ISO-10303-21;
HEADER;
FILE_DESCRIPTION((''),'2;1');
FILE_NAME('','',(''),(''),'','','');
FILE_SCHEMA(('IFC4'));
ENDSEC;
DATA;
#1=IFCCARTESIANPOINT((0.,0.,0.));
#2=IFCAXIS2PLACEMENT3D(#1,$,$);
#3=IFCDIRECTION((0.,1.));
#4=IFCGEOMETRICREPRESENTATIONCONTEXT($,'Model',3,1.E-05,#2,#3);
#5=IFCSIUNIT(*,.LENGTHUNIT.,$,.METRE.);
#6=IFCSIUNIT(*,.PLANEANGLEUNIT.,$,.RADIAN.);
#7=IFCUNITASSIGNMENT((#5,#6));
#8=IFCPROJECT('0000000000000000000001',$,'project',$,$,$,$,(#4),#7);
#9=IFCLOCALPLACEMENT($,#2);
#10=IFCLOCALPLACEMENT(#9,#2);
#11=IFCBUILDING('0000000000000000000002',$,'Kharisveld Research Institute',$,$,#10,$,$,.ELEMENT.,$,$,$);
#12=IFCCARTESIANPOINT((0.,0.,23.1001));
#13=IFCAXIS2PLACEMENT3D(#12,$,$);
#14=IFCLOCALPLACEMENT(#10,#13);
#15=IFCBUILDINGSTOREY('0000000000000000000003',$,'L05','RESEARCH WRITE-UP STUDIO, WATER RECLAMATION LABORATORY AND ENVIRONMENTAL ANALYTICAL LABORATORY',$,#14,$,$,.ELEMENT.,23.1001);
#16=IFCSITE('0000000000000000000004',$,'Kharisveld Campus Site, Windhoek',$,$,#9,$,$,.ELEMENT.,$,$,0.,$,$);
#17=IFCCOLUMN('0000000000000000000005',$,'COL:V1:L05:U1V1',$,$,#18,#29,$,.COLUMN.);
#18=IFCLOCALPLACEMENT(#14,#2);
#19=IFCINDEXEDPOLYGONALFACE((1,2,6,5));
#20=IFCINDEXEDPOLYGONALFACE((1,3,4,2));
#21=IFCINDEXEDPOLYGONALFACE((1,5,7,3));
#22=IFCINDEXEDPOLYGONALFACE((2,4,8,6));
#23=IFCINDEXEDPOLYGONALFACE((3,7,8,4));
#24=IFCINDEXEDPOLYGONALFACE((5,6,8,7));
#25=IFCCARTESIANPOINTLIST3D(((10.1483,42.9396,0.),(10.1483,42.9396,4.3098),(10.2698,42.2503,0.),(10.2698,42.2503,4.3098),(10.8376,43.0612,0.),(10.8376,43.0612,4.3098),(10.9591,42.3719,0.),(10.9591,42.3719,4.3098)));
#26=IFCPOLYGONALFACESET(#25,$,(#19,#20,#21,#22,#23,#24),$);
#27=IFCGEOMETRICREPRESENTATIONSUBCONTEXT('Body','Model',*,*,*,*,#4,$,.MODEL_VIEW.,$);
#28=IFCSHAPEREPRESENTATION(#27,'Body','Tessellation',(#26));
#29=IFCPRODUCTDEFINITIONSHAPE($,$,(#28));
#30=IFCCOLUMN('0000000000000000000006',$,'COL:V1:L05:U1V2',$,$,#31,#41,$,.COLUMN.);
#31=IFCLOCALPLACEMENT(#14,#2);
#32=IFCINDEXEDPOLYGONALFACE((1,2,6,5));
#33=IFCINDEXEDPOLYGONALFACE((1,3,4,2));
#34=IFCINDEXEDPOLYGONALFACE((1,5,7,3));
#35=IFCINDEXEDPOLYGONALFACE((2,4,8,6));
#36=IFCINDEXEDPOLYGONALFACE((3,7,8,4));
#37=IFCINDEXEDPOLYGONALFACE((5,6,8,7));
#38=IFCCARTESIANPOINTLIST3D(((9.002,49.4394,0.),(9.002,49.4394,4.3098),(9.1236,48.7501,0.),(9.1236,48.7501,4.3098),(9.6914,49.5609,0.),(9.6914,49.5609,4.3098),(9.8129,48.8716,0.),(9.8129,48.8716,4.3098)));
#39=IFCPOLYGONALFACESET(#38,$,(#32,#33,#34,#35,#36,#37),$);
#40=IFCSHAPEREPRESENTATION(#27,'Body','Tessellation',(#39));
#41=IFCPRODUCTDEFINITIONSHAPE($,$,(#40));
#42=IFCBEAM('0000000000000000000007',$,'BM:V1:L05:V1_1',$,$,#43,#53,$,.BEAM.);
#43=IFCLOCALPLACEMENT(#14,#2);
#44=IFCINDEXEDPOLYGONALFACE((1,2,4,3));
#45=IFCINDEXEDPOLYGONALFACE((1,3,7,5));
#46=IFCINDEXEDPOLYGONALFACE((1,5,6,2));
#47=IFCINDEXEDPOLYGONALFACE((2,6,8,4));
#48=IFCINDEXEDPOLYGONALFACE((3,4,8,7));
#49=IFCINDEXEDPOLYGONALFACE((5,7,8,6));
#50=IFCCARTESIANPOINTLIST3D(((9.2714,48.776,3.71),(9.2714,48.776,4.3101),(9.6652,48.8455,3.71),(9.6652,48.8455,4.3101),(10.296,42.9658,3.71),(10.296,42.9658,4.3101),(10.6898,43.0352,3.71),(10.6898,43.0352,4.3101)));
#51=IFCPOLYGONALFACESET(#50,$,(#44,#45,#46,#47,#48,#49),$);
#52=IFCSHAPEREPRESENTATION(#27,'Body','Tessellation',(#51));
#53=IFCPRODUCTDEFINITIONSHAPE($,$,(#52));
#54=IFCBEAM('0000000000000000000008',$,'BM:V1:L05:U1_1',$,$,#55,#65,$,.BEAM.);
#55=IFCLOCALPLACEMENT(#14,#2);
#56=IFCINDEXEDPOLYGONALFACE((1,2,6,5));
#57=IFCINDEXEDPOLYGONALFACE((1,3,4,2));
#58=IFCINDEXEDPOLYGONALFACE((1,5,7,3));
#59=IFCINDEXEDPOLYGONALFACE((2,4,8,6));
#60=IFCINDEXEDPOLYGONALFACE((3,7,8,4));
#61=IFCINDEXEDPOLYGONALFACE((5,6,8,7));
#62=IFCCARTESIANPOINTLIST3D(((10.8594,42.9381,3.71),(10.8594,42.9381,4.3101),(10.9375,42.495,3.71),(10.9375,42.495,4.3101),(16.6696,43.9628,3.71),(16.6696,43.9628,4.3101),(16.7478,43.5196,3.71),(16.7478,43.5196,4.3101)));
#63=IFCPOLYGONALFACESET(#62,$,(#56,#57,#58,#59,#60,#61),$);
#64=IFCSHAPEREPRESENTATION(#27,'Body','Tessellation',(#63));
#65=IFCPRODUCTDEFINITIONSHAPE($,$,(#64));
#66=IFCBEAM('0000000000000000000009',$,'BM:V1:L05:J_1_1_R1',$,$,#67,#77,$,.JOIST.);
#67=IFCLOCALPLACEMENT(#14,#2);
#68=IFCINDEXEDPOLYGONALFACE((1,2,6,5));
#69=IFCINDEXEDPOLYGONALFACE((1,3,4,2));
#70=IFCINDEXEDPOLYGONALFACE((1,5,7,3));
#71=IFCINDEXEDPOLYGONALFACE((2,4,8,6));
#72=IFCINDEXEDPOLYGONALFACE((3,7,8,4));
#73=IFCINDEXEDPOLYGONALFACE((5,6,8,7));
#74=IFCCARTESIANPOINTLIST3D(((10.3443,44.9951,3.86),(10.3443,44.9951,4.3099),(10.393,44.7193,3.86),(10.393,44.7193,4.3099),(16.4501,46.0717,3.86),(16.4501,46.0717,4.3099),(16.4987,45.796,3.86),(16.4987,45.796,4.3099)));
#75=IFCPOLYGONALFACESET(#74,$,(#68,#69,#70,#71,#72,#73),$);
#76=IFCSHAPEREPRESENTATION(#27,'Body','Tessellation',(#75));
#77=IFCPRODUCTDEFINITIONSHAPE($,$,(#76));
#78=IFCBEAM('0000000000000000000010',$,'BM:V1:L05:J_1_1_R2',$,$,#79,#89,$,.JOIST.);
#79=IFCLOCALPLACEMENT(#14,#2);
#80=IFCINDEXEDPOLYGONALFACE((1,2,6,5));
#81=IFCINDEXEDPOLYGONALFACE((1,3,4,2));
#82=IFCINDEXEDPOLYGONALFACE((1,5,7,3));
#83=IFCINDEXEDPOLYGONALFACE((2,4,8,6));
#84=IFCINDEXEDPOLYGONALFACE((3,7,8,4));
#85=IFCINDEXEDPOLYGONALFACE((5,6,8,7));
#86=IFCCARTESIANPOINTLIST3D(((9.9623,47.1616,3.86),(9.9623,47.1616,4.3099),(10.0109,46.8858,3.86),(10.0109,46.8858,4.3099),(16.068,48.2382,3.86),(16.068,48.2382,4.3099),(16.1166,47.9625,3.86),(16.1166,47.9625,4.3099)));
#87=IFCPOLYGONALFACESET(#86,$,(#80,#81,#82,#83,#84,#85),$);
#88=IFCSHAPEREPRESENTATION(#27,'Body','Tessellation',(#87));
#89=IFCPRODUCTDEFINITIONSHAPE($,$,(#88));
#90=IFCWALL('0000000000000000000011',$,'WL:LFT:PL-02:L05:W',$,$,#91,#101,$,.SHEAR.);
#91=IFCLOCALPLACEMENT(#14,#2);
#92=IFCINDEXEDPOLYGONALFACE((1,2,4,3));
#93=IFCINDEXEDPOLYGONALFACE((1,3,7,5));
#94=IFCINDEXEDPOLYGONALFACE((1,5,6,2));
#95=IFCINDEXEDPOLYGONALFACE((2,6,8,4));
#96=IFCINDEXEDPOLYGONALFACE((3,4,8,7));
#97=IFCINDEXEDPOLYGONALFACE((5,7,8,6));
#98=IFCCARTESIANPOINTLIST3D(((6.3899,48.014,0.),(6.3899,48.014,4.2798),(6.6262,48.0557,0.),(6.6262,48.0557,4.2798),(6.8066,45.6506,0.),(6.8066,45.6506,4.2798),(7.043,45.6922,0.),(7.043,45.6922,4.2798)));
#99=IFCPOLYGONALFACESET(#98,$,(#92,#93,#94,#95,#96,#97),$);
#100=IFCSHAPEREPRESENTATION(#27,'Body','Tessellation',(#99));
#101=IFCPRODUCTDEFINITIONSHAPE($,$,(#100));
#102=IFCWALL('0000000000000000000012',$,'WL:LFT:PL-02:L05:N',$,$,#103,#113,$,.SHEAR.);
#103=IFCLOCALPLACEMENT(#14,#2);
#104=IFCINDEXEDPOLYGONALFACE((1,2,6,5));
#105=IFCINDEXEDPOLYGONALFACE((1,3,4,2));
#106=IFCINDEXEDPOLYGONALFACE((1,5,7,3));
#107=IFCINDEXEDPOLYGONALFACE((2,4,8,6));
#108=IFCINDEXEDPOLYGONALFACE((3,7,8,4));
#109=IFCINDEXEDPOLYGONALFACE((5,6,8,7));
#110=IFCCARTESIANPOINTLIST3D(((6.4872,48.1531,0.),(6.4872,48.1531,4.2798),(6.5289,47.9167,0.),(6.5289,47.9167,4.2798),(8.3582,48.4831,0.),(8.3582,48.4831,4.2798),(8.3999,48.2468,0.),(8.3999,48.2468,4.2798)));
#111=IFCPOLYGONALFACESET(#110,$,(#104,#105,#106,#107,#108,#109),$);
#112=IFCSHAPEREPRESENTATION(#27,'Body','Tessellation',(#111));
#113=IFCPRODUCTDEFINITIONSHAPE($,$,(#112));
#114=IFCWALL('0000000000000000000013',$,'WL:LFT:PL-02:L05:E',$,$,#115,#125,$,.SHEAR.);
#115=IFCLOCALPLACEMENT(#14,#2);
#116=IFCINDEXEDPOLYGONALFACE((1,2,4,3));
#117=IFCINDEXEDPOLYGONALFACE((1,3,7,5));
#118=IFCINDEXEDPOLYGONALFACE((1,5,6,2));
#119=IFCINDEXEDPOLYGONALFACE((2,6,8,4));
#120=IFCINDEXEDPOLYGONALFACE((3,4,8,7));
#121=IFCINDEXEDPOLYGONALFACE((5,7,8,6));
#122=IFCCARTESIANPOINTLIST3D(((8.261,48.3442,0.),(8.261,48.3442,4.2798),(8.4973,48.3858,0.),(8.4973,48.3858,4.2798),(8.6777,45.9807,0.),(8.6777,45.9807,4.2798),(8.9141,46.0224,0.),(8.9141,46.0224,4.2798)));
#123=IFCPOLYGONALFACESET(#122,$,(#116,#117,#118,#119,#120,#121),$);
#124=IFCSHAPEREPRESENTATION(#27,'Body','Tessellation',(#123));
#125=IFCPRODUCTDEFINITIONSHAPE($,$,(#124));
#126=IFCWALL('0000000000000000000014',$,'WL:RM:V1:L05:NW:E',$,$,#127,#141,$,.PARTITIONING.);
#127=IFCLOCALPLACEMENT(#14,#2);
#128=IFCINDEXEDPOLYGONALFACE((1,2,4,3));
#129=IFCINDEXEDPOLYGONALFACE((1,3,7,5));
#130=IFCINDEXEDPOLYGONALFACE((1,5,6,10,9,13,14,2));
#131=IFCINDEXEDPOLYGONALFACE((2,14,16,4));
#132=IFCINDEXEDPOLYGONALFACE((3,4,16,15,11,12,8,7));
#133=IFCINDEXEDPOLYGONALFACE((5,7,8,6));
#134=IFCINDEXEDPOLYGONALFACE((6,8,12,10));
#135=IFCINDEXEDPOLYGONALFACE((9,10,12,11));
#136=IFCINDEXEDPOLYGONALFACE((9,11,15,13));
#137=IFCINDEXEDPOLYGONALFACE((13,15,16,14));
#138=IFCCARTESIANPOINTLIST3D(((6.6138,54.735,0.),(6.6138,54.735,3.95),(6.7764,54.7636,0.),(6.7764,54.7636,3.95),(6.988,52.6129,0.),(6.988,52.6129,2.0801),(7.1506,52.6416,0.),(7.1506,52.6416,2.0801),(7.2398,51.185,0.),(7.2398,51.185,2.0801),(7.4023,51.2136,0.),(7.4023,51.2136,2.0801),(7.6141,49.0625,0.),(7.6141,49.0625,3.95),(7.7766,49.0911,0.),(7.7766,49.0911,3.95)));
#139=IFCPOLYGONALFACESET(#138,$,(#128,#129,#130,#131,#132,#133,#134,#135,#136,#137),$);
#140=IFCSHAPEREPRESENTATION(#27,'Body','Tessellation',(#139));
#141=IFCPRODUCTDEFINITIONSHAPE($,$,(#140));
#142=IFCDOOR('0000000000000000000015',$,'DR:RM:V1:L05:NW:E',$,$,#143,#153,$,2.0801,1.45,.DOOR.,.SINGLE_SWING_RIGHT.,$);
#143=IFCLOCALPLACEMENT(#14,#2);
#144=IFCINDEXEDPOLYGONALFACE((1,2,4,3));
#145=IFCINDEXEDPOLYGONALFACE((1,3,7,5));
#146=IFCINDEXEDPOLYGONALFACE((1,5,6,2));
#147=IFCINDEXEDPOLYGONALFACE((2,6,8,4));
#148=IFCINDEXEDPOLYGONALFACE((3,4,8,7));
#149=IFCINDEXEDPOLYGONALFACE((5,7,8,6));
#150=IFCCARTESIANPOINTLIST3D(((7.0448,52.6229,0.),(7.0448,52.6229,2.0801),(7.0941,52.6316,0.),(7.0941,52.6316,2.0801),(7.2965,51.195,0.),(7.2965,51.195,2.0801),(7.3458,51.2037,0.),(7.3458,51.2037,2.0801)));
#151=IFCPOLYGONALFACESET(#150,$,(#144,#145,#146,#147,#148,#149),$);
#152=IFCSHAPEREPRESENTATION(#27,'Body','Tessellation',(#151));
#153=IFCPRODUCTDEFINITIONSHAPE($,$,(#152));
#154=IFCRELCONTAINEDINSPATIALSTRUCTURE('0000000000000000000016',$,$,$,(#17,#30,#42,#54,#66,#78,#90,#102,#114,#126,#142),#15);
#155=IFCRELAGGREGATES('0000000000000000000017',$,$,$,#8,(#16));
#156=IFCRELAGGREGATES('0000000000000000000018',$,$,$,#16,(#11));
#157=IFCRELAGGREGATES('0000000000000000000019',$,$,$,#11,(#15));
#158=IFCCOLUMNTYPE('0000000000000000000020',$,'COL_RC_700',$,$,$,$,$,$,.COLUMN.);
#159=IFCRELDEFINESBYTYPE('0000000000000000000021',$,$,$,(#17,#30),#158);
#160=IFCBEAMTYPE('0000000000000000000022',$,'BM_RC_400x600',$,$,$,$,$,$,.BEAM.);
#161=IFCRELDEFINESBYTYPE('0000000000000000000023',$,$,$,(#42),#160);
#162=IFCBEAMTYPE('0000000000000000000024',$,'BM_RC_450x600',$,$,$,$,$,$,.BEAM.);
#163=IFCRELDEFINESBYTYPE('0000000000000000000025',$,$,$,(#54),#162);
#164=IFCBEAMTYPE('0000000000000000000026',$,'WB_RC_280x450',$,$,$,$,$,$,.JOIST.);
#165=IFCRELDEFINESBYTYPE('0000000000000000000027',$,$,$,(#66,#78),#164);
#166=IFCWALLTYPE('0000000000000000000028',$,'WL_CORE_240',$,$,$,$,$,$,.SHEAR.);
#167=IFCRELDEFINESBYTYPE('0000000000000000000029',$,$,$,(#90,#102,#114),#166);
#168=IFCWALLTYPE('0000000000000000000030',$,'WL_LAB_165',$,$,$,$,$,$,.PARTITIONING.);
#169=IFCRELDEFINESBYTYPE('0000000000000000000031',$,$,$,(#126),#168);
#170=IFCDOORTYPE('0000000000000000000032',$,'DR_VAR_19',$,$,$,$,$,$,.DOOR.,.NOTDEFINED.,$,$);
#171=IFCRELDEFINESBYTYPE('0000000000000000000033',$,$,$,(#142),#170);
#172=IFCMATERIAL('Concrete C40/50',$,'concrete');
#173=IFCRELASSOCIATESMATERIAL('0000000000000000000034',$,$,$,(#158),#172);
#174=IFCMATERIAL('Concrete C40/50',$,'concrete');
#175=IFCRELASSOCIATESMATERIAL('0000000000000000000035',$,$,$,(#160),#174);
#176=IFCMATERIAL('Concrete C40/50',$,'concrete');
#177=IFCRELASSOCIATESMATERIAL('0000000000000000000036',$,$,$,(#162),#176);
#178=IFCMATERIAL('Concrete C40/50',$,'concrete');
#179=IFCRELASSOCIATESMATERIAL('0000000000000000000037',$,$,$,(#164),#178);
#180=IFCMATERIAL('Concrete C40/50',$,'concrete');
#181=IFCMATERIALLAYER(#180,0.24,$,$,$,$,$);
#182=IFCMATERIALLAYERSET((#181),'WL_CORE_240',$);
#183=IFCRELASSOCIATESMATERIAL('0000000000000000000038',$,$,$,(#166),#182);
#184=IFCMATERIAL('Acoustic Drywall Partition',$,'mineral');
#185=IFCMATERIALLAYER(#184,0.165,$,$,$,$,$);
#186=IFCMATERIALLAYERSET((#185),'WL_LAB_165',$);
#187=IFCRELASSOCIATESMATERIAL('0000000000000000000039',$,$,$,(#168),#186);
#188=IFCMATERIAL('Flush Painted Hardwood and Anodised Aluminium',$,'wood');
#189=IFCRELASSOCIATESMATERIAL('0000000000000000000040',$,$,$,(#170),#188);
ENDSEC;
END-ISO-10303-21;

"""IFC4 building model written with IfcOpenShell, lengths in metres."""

from ifc_helpers import new_model, si_unit, direction, frame, frame_2d, origin, origin_2d, place, context, subcontext, project, spatial, rectangle, extrude, material, layer, layer_set, material_profile, profile_set, type_object, element, fill, save


model = new_model("IFC4")

# Units and contexts
model_context = context("Model", 3, precision=1e-05, world=origin(), true_north=direction((0.0, 1.0)))
body_context = subcontext(model_context, "Body", "Model", "MODEL_VIEW")
ifc_project = project(units=[si_unit("LENGTHUNIT", "METRE"), si_unit("PLANEANGLEUNIT", "RADIAN")], contexts=[model_context])

# Site, building, storey
site_placement = place(None, origin())
site = spatial("IfcSite", under=ifc_project, at=site_placement, Name="Kharisveld Campus Site, Windhoek", CompositionType="ELEMENT", RefElevation=0.0)
building_placement = place(site_placement, origin())
building = spatial("IfcBuilding", under=site, at=building_placement, Name="Kharisveld Research Institute", CompositionType="ELEMENT")
storey_placement = place(building_placement, frame((0.0, 0.0, 23.1001)))
storey = spatial("IfcBuildingStorey", under=building, at=storey_placement, Name="L05", Description="RESEARCH WRITE-UP STUDIO, WATER RECLAMATION LABORATORY AND ENVIRONMENTAL ANALYTICAL LABORATORY", CompositionType="ELEMENT", Elevation=23.1001)

# Columns
ifc_material_1 = material(Name="Concrete C40/50", Category="concrete")
ifc_material_profile_1 = material_profile(ifc_material_1, rectangle(XDim=0.7, YDim=0.7, at=origin_2d()))
ifc_profile_set_1 = profile_set([ifc_material_profile_1], Name="Concrete C40/50")
column_type = type_object("IfcColumnType", Name="COL_RC_700", PredefinedType="COLUMN", material=ifc_profile_set_1)
for number, where, z_axis, x_axis, name in (
    (1, (10.5537, 42.6558, 0.0), (0.0, 0.0, 1.0), (0.984808, 0.173648, 0.0), "COL:V1:L05:U1V1"),
    (2, (9.4075, 49.1555, 0.0), (0.0, 0.0, 1.0), (0.984808, 0.173648, 0.0), "COL:V1:L05:U1V2"),
):
    element("IfcColumn", number, at=place(storey_placement, frame(where, z_axis=z_axis, x_axis=x_axis)), inside=storey, type_object=column_type, Name=name, PredefinedType="COLUMN", context=body_context, shape_type="SweptSolid", body=[
        extrude(rectangle(XDim=0.7, YDim=0.7, at=origin_2d()), origin(), (0.0, 0.0, 1.0), 4.3098),
    ])

# Beams
ifc_material_2 = material(Name="Concrete C40/50", Category="concrete")
ifc_material_profile_2 = material_profile(ifc_material_2, rectangle(XDim=0.3999, YDim=0.6001, at=origin_2d()))
ifc_profile_set_2 = profile_set([ifc_material_profile_2], Name="Concrete C40/50")
beam_type_1 = type_object("IfcBeamType", Name="BM_RC_400x600", PredefinedType="BEAM", material=ifc_profile_set_2)
beam_1_placement = place(storey_placement, frame((10.4929, 43.0005, 4.01), z_axis=(-0.173672, 0.984804, 0.0), x_axis=(-0.984804, -0.173672, 0.0)))
element("IfcBeam", 3, at=beam_1_placement, inside=storey, type_object=beam_type_1, Name="BM:V1:L05:V1_1", PredefinedType="BEAM", context=body_context, shape_type="SweptSolid", body=[
    extrude(rectangle(XDim=0.3999, YDim=0.6001, at=origin_2d()), origin(), (0.0, 0.0, 1.0), 5.8999),
])
ifc_material_3 = material(Name="Concrete C40/50", Category="concrete")
ifc_material_profile_3 = material_profile(ifc_material_3, rectangle(XDim=0.45, YDim=0.6001, at=origin_2d()))
ifc_profile_set_3 = profile_set([ifc_material_profile_3], Name="Concrete C40/50")
beam_type_2 = type_object("IfcBeamType", Name="BM_RC_450x600", PredefinedType="BEAM", material=ifc_profile_set_3)
beam_2_placement = place(storey_placement, frame((10.8984, 42.7166, 4.01), z_axis=(0.984804, 0.173672, 0.0), x_axis=(-0.173672, 0.984804, 0.0)))
element("IfcBeam", 4, at=beam_2_placement, inside=storey, type_object=beam_type_2, Name="BM:V1:L05:U1_1", PredefinedType="BEAM", context=body_context, shape_type="SweptSolid", body=[
    extrude(rectangle(XDim=0.45, YDim=0.6001, at=origin_2d()), origin(), (0.0, 0.0, 1.0), 5.8999),
])
ifc_material_4 = material(Name="Concrete C40/50", Category="concrete")
ifc_material_profile_4 = material_profile(ifc_material_4, rectangle(XDim=0.28, YDim=0.45, at=origin_2d()))
ifc_profile_set_4 = profile_set([ifc_material_profile_4], Name="Concrete C40/50")
beam_type_3 = type_object("IfcBeamType", Name="WB_RC_280x450", PredefinedType="JOIST", material=ifc_profile_set_4)
for number, where, z_axis, x_axis, name in (
    (5, (10.3687, 44.8572, 4.085), (0.984806, 0.173657, 0.0), (-0.173657, 0.984806, 0.0), "BM:V1:L05:J_1_1_R1"),
    (6, (9.9866, 47.0237, 4.085), (0.984806, 0.173657, 0.0), (-0.173657, 0.984806, 0.0), "BM:V1:L05:J_1_1_R2"),
):
    element("IfcBeam", number, at=place(storey_placement, frame(where, z_axis=z_axis, x_axis=x_axis)), inside=storey, type_object=beam_type_3, Name=name, PredefinedType="JOIST", context=body_context, shape_type="SweptSolid", body=[
        extrude(rectangle(XDim=0.28, YDim=0.45, at=origin_2d()), origin(), (0.0, 0.0, 1.0), 6.2),
    ])

# Shared definitions
ifc_material_5 = material(Name="Concrete C40/50", Category="concrete")
ifc_layer_1 = layer(ifc_material_5, 0.24)
ifc_layer_set_1 = layer_set([ifc_layer_1], Name="WL_CORE_240")
wall_type_1 = type_object("IfcWallType", Name="WL_CORE_240", PredefinedType="SHEAR", material=ifc_layer_set_1)

# Walls
wall_1_placement = place(storey_placement, frame((6.9248, 45.6714, 0.0), z_axis=(0.0, 0.0, 1.0), x_axis=(-0.173646, 0.984808, 0.0)))
element("IfcWall", 7, at=wall_1_placement, inside=storey, type_object=wall_type_1, Name="WL:LFT:PL-02:L05:W", PredefinedType="SHEAR", context=body_context, shape_type="SweptSolid", body=[
    extrude(rectangle(XDim=2.3999, YDim=0.24, at=frame_2d((1.2, 0.0))), origin(), (0.0, 0.0, 1.0), 4.2798),
])
wall_2_placement = place(storey_placement, frame((6.5081, 48.0349, 0.0), z_axis=(0.0, 0.0, 1.0), x_axis=(0.984794, 0.173727, 0.0)))
element("IfcWall", 8, at=wall_2_placement, inside=storey, type_object=wall_type_1, Name="WL:LFT:PL-02:L05:N", PredefinedType="SHEAR", context=body_context, shape_type="SweptSolid", body=[
    extrude(rectangle(XDim=1.8999, YDim=0.24, at=frame_2d((0.95, 0.0))), origin(), (0.0, 0.0, 1.0), 4.2798),
])
wall_3_placement = place(storey_placement, frame((8.3792, 48.365, 0.0), z_axis=(0.0, 0.0, 1.0), x_axis=(0.173646, -0.984808, 0.0)))
element("IfcWall", 9, at=wall_3_placement, inside=storey, type_object=wall_type_1, Name="WL:LFT:PL-02:L05:E", PredefinedType="SHEAR", context=body_context, shape_type="SweptSolid", body=[
    extrude(rectangle(XDim=2.3999, YDim=0.24, at=frame_2d((1.2, 0.0))), origin(), (0.0, 0.0, 1.0), 4.2798),
])

# Wall, opening, door
ifc_material_6 = material(Name="Acoustic Drywall Partition", Category="mineral")
ifc_layer_2 = layer(ifc_material_6, 0.165)
ifc_layer_set_2 = layer_set([ifc_layer_2], Name="WL_LAB_165")
wall_type_2 = type_object("IfcWallType", Name="WL_LAB_165", PredefinedType="PARTITIONING", material=ifc_layer_set_2)
wall_4_placement = place(storey_placement, frame((7.6953, 49.0769, 0.0), z_axis=(0.0, 0.0, 1.0), x_axis=(-0.17365, 0.984807, 0.0)))
wall_4 = element("IfcWall", 10, at=wall_4_placement, inside=storey, type_object=wall_type_2, Name="WL:RM:V1:L05:NW:E", PredefinedType="PARTITIONING", context=body_context, shape_type="SweptSolid", body=[
    extrude(rectangle(XDim=5.76, YDim=0.165, at=frame_2d((2.8799, 0.0))), origin(), (0.0, 0.0, 1.0), 3.95),
])
opening_1_placement = place(wall_4_placement, frame((2.155, 0.0, 0.0)))
opening_1 = element("IfcOpeningElement", 11, at=opening_1_placement, cuts=wall_4, PredefinedType="OPENING", context=body_context, shape_type="SweptSolid", body=[
    extrude(rectangle(XDim=1.45, YDim=2.0801, at=frame_2d((0.7251, 1.04))), frame((0.0, 0.0825, 0.0), z_axis=(0.0, -1.0, 0.0), x_axis=(1.0, 0.0, 0.0)), (0.0, 0.0, 1.0), 0.165),
])
ifc_material_7 = material(Name="Flush Painted Hardwood and Anodised Aluminium", Category="wood")
door_type_1 = type_object("IfcDoorType", Name="DR_VAR_19", OperationType="NOTDEFINED", PredefinedType="DOOR", material=ifc_material_7)
door_1_placement = place(opening_1_placement, origin())
door_1 = element("IfcDoor", 12, at=door_1_placement, inside=storey, type_object=door_type_1, Name="DR:RM:V1:L05:NW:E", OperationType="SINGLE_SWING_RIGHT", OverallHeight=2.0801, OverallWidth=1.45, PredefinedType="DOOR", context=body_context, shape_type="SweptSolid", body=[
    extrude(rectangle(XDim=1.45, YDim=2.0801, at=frame_2d((0.7251, 1.04))), frame((0.0, 0.0249, 0.0), z_axis=(0.0, -1.0, 0.0), x_axis=(1.0, 0.0, 0.0)), (0.0, 0.0, 1.0), 0.05),
])
fill(opening_1, door_1)

save(model, "model.ifc")
